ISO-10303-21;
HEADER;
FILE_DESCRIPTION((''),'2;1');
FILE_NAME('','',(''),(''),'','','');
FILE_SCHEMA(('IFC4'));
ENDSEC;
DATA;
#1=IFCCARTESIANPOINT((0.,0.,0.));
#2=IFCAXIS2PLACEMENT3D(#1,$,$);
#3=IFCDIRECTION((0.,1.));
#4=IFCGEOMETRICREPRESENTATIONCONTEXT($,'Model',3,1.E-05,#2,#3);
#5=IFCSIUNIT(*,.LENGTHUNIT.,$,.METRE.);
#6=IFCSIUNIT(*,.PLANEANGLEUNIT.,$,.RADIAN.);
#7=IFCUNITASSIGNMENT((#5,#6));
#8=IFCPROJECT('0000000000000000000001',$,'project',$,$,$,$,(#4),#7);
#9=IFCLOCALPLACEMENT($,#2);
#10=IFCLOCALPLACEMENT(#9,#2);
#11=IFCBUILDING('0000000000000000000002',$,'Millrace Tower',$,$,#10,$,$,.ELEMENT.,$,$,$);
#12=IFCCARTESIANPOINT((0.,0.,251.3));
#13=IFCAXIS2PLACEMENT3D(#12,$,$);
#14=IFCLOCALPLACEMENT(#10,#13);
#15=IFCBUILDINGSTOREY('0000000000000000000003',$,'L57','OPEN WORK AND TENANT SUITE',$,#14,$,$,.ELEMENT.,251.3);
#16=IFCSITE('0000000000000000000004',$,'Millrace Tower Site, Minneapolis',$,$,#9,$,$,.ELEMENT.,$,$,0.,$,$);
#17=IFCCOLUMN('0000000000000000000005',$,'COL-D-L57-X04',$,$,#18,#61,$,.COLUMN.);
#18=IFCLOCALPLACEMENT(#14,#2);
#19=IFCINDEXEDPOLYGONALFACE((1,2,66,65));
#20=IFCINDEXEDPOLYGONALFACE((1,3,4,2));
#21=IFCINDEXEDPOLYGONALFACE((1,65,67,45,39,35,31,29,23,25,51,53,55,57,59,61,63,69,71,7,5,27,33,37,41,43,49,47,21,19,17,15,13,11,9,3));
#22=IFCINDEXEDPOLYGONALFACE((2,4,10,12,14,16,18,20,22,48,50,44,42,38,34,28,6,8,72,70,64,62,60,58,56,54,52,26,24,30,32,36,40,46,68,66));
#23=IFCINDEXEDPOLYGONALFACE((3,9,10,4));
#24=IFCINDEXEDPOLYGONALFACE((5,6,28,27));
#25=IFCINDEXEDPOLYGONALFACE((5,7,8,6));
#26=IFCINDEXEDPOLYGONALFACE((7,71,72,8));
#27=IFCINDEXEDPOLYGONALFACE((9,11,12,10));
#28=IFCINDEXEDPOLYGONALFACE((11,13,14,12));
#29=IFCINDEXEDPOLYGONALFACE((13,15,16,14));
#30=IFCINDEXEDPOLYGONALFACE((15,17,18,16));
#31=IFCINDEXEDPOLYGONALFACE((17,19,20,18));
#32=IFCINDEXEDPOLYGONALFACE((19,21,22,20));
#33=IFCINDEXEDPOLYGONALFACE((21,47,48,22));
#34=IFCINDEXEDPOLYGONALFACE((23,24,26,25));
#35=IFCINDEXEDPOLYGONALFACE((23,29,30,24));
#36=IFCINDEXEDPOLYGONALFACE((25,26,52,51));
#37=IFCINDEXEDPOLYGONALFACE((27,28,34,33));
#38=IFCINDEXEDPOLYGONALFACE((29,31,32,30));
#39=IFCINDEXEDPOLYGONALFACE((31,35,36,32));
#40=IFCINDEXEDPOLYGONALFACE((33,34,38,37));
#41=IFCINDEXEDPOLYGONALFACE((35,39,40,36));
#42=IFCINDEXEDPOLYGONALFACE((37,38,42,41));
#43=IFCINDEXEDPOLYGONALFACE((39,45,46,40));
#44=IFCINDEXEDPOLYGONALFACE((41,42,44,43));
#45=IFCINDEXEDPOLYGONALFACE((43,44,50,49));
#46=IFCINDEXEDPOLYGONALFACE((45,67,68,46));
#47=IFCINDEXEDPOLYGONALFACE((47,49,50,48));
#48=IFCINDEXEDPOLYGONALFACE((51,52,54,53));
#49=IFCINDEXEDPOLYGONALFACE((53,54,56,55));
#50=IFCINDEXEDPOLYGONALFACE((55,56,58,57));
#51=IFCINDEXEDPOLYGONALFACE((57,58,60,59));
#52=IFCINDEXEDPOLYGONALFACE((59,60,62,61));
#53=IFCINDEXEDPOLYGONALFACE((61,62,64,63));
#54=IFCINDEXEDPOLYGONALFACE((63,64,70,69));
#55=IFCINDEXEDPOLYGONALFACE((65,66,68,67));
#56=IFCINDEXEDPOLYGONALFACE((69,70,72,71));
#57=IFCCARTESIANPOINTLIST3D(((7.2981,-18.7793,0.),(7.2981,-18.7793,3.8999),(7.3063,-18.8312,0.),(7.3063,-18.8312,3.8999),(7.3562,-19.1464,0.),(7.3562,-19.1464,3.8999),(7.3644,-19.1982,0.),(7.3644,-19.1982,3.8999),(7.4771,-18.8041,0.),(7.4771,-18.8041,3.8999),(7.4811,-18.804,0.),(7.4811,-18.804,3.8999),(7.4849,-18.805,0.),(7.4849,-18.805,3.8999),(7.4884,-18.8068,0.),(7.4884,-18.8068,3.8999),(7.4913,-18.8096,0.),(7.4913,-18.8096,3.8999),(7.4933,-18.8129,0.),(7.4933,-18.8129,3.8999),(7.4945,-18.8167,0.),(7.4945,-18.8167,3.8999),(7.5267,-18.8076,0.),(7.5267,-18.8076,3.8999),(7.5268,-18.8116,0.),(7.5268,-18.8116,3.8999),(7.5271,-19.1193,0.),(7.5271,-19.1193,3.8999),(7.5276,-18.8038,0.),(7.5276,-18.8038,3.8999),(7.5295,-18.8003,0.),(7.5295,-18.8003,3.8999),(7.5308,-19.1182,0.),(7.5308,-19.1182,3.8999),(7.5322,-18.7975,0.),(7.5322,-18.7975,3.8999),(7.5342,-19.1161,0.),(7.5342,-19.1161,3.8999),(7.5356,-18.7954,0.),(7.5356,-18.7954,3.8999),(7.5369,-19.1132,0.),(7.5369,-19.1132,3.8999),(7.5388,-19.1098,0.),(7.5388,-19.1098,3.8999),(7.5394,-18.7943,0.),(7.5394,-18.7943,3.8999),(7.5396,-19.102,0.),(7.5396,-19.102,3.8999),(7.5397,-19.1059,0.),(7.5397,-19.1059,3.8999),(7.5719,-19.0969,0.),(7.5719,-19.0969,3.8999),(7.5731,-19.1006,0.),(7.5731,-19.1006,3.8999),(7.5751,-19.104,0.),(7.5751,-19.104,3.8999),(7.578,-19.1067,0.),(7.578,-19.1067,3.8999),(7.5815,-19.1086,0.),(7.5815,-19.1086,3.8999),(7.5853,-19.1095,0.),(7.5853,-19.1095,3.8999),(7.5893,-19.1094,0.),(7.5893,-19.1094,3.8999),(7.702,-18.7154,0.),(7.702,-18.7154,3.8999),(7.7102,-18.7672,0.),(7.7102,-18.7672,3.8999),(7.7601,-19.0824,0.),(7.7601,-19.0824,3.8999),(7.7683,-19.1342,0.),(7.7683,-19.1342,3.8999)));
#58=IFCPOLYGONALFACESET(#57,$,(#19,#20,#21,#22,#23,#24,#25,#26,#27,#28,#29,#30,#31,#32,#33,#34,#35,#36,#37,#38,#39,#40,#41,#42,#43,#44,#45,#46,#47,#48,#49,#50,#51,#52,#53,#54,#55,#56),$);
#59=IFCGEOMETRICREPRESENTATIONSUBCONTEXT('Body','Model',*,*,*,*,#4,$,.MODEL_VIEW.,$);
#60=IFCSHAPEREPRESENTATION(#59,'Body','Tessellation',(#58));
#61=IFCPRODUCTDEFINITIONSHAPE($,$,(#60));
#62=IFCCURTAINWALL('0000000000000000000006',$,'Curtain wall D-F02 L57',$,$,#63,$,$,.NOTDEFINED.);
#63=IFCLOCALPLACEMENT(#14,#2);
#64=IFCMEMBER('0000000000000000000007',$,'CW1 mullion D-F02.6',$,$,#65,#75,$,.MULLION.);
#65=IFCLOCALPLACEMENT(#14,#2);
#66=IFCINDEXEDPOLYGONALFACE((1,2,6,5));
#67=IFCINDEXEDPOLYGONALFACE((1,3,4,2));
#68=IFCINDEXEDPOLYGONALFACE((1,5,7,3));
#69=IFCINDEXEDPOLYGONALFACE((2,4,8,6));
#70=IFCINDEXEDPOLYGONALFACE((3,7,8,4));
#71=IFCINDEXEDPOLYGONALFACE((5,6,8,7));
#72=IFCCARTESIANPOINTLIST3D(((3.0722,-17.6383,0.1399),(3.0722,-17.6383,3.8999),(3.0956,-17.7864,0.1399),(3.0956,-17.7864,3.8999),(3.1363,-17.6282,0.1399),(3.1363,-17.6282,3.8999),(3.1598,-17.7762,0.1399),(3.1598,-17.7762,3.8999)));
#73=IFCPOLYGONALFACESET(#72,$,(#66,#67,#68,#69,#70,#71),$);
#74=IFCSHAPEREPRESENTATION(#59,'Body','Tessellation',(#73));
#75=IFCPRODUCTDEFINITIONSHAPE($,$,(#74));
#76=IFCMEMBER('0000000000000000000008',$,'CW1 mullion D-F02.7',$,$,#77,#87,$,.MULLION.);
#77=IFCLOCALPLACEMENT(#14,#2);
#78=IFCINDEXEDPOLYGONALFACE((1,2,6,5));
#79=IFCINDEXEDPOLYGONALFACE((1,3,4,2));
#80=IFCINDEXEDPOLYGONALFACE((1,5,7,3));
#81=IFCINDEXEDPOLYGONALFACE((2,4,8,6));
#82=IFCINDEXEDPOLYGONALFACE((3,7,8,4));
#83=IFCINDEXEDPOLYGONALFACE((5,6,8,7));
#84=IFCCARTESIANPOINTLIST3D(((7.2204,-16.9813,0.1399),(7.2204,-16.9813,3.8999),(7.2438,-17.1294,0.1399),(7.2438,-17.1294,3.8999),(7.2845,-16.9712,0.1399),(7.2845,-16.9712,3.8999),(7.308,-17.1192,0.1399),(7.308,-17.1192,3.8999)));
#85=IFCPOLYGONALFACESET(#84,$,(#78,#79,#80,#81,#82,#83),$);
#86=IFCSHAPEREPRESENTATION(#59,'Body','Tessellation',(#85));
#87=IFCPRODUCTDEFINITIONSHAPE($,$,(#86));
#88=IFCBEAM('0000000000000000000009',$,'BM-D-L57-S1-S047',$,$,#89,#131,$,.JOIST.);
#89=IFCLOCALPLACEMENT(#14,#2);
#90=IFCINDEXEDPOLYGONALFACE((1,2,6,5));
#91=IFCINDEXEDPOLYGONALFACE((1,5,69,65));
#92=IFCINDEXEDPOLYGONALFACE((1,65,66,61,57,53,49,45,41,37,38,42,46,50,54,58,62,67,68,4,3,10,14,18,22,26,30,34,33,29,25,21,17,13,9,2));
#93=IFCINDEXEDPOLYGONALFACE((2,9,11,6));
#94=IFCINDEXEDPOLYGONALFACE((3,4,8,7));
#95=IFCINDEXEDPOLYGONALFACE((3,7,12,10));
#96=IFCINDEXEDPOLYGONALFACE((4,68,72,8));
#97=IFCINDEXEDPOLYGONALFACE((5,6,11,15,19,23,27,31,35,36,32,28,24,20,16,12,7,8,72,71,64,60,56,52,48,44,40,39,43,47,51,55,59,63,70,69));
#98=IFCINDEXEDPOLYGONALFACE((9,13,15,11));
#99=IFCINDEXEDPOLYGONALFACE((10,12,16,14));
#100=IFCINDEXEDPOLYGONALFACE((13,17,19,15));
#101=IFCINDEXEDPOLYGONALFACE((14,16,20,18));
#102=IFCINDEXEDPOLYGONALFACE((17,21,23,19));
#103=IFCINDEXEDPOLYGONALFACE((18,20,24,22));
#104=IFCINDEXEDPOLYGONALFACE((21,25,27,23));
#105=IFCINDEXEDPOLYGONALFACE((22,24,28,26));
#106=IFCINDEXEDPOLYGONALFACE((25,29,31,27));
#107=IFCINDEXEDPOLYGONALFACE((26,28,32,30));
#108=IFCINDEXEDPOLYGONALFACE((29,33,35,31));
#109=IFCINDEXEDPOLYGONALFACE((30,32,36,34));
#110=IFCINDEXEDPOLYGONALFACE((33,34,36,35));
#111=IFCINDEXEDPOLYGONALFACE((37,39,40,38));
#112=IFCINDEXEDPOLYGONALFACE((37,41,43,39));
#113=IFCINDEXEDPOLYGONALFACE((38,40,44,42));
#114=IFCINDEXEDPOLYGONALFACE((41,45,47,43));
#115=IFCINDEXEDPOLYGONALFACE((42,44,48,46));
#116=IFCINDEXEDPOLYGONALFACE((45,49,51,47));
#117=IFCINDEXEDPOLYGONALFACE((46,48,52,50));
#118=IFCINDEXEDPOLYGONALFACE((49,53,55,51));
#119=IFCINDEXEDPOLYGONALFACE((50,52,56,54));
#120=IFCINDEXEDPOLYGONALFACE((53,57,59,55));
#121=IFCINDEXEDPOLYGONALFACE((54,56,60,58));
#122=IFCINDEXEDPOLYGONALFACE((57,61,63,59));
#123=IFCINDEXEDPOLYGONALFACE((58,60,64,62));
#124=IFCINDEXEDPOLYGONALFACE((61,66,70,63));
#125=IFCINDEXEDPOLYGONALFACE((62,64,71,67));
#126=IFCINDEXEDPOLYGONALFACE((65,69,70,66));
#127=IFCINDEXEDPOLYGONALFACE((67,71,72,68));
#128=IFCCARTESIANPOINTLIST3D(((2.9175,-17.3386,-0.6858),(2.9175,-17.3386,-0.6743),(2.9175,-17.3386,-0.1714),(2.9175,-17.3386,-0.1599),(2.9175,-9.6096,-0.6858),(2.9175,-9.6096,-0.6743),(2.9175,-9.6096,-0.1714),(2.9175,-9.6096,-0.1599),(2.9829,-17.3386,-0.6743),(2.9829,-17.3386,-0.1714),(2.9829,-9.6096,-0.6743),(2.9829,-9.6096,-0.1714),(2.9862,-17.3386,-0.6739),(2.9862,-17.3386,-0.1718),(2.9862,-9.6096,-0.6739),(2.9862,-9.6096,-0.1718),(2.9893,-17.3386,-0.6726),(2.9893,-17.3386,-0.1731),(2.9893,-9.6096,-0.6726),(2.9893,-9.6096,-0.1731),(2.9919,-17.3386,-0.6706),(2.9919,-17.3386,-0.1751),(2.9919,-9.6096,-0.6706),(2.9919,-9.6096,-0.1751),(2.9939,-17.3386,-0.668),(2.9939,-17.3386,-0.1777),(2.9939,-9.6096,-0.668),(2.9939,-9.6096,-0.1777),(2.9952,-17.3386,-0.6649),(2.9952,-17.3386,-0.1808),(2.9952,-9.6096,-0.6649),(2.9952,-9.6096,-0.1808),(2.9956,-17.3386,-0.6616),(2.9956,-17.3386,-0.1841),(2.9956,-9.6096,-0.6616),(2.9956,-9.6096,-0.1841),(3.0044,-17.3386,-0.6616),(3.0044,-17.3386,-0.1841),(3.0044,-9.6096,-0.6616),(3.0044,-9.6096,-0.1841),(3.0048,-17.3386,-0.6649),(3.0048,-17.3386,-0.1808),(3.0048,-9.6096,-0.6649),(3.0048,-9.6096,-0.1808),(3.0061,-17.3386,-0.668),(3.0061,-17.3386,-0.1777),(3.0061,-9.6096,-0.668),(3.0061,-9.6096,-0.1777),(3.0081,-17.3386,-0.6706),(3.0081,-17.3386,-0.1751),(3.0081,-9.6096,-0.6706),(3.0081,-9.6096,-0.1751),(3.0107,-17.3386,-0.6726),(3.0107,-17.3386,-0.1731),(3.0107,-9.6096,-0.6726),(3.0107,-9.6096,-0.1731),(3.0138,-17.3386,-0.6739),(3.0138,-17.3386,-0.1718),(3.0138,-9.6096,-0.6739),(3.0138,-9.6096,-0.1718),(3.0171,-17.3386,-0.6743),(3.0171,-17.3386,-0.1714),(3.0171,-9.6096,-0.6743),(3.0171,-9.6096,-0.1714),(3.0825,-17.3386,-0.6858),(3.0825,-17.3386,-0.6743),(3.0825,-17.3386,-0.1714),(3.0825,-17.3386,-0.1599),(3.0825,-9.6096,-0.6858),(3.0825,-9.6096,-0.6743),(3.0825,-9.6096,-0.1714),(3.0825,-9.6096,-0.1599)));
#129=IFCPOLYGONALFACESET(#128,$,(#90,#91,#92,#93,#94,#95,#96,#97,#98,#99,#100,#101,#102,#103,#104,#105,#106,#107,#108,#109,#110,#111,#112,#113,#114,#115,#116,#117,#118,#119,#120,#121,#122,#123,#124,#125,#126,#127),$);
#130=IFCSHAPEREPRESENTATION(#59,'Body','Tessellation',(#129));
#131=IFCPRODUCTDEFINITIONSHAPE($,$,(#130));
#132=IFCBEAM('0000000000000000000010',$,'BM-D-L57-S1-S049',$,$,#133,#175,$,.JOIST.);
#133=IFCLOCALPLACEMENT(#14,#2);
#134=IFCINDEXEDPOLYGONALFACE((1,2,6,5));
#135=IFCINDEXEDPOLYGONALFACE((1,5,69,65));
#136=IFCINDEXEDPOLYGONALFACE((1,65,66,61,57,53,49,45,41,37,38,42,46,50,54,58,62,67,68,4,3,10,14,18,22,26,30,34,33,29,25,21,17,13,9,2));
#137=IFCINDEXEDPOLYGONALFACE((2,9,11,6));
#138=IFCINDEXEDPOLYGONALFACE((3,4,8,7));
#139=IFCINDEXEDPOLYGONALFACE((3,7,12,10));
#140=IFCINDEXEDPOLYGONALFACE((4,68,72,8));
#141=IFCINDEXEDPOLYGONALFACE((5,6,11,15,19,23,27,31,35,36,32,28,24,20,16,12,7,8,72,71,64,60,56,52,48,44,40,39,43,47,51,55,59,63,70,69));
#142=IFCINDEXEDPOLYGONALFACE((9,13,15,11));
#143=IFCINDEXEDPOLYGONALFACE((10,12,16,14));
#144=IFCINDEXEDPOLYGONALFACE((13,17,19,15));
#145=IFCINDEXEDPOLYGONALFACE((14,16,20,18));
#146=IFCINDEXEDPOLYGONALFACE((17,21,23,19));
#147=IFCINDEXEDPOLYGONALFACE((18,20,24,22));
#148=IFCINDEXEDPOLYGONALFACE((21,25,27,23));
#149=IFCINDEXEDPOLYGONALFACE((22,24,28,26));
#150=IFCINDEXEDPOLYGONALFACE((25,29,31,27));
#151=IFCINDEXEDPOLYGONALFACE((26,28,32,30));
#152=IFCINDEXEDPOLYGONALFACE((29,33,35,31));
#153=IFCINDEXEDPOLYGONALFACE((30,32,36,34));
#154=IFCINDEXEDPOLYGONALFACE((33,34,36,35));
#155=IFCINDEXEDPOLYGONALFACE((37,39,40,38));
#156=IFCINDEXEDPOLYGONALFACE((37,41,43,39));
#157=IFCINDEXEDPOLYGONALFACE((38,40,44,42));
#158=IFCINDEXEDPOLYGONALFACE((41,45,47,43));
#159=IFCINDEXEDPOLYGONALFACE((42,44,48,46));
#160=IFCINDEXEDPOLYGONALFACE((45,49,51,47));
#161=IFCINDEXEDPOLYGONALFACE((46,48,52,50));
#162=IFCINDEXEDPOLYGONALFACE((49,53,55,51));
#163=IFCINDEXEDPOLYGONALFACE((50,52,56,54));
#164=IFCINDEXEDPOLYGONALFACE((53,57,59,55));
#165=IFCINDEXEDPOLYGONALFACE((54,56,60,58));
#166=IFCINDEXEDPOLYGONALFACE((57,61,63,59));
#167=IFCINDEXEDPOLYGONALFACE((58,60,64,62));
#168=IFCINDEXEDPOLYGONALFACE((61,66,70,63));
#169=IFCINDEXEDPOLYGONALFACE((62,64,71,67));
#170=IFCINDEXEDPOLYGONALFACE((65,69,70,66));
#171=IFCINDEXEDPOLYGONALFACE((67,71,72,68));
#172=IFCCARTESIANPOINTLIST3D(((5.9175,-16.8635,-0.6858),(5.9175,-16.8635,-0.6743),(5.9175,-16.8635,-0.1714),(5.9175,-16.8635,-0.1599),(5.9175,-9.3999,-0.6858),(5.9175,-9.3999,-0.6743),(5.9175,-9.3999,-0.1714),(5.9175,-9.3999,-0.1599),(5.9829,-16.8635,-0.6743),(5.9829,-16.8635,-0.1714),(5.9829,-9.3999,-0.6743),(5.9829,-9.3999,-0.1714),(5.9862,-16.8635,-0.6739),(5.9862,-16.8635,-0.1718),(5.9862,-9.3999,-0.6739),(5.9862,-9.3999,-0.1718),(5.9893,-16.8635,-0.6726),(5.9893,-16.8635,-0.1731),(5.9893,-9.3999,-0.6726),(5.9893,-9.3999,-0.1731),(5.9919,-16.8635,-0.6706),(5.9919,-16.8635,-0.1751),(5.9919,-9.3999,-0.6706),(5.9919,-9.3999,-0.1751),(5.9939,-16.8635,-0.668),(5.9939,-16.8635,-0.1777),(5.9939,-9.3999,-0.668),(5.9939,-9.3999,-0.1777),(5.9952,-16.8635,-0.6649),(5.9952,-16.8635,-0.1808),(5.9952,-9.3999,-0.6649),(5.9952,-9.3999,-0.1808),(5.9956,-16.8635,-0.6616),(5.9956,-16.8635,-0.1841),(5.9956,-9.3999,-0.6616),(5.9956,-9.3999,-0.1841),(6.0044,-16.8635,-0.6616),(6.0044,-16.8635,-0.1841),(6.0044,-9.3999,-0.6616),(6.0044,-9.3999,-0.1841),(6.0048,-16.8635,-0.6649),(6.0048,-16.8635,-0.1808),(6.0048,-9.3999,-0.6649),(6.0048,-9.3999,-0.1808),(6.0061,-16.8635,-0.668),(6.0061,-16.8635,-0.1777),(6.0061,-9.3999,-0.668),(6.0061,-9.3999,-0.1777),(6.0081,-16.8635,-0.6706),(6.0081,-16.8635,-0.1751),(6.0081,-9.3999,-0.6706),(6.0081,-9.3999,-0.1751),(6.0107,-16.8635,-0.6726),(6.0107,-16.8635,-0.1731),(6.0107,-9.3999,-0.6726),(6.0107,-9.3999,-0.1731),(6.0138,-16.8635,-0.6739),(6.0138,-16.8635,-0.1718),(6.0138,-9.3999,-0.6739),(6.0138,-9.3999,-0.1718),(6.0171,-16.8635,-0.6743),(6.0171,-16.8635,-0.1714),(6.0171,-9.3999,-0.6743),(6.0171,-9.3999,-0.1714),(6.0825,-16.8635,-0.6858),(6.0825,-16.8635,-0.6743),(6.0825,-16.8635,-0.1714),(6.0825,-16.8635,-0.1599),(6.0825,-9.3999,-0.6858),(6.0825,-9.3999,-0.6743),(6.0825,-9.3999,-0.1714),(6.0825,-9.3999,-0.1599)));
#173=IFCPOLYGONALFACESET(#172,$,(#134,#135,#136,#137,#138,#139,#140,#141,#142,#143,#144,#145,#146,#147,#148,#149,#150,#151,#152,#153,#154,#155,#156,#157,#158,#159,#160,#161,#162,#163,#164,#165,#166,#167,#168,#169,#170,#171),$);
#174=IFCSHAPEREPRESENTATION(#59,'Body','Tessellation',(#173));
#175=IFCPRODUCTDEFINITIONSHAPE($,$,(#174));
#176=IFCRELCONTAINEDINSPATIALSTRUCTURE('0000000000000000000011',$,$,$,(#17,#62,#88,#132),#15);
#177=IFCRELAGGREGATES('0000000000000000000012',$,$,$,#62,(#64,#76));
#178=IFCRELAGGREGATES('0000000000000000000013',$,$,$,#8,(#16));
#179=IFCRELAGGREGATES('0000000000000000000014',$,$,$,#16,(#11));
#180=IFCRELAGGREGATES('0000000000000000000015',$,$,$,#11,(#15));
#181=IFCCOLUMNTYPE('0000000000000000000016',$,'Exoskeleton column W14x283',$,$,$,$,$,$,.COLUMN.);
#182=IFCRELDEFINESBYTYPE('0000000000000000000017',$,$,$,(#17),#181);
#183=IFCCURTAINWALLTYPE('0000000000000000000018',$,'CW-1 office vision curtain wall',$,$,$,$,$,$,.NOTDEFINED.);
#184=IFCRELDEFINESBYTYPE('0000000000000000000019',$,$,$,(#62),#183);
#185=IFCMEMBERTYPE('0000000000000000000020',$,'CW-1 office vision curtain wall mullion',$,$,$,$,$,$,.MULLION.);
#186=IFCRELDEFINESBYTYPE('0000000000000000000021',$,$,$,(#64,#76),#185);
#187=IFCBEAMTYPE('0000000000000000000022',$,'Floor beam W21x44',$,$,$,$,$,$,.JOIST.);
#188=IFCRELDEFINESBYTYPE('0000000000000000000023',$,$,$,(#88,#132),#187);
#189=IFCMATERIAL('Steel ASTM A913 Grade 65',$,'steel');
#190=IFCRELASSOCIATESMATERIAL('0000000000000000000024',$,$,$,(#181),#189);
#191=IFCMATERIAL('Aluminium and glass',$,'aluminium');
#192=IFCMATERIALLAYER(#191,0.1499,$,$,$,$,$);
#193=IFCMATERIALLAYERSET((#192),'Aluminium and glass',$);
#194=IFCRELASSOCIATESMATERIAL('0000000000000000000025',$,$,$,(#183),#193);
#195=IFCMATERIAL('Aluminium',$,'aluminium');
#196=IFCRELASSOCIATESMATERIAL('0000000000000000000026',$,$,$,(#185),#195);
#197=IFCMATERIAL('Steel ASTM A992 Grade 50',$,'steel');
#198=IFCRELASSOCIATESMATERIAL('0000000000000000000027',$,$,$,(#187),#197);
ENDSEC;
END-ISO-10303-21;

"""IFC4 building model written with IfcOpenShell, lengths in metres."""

from ifc_helpers import new_model, si_unit, direction, frame, origin, origin_2d, place, context, subcontext, project, spatial, rectangle, i_section, extrude, material, layer, layer_set, material_profile, profile_set, type_object, element, aggregate, save


model = new_model("IFC4")

# Units and contexts
model_context = context("Model", 3, precision=1e-05, world=origin(), true_north=direction((0.0, 1.0)))
body_context = subcontext(model_context, "Body", "Model", "MODEL_VIEW")
ifc_project = project(units=[si_unit("LENGTHUNIT", "METRE"), si_unit("PLANEANGLEUNIT", "RADIAN")], contexts=[model_context])

# Site, building, storey
site_placement = place(None, origin())
site = spatial("IfcSite", under=ifc_project, at=site_placement, Name="Millrace Tower Site, Minneapolis", CompositionType="ELEMENT", RefElevation=0.0)
building_placement = place(site_placement, origin())
building = spatial("IfcBuilding", under=site, at=building_placement, Name="Millrace Tower", CompositionType="ELEMENT")
storey_placement = place(building_placement, frame((0.0, 0.0, 251.3)))
storey = spatial("IfcBuildingStorey", under=building, at=storey_placement, Name="L57", Description="OPEN WORK AND TENANT SUITE", CompositionType="ELEMENT", Elevation=251.3)

# Column
ifc_material_1 = material(Name="Steel ASTM A913 Grade 65", Category="steel")
ifc_material_profile_1 = material_profile(ifc_material_1, i_section(OverallWidth=0.4089, OverallDepth=0.4241, WebThickness=0.0327, FlangeThickness=0.0525, FilletRadius=0.0151, at=origin_2d()))
ifc_profile_set_1 = profile_set([ifc_material_profile_1], Name="Steel ASTM A913 Grade 65")
column_type = type_object("IfcColumnType", Name="Exoskeleton column W14x283", PredefinedType="COLUMN", material=ifc_profile_set_1)
column_placement = place(storey_placement, frame((7.5332, -18.9568, 0.0), z_axis=(0.0, 0.0, 1.0), x_axis=(0.987688, 0.156434, 0.0)))
element("IfcColumn", 1, at=column_placement, inside=storey, type_object=column_type, Name="COL-D-L57-X04", PredefinedType="COLUMN", context=body_context, shape_type="SweptSolid", body=[
    extrude(i_section(OverallWidth=0.4089, OverallDepth=0.4241, WebThickness=0.0327, FlangeThickness=0.0525, FilletRadius=0.0151, at=origin_2d()), origin(), (0.0, 0.0, 1.0), 3.8999),
])

# Curtain wall, members
ifc_material_2 = material(Name="Aluminium and glass", Category="aluminium")
ifc_layer_1 = layer(ifc_material_2, 0.1499)
ifc_layer_set_1 = layer_set([ifc_layer_1], Name="Aluminium and glass")
curtain_wall_type = type_object("IfcCurtainWallType", Name="CW-1 office vision curtain wall", PredefinedType="NOTDEFINED", material=ifc_layer_set_1)
placement_1 = place(storey_placement, origin())
curtain_wall_1 = element("IfcCurtainWall", 2, at=placement_1, inside=storey, type_object=curtain_wall_type, Name="Curtain wall D-F02 L57", PredefinedType="NOTDEFINED")
ifc_material_3 = material(Name="Aluminium", Category="aluminium")
ifc_material_profile_2 = material_profile(ifc_material_3, rectangle(XDim=0.0649, YDim=0.1499, at=origin_2d()))
ifc_profile_set_2 = profile_set([ifc_material_profile_2], Name="Aluminium")
member_type = type_object("IfcMemberType", Name="CW-1 office vision curtain wall mullion", PredefinedType="MULLION", material=ifc_profile_set_2)
member_1_placement = place(storey_placement, frame((3.116, -17.7073, 0.1399), z_axis=(0.0, 0.0, 1.0), x_axis=(0.987688, 0.156434, 0.0)))
member_1 = element("IfcMember", 3, at=member_1_placement, type_object=member_type, Name="CW1 mullion D-F02.6", PredefinedType="MULLION", context=body_context, shape_type="SweptSolid", body=[
    extrude(rectangle(XDim=0.0649, YDim=0.1499, at=origin_2d()), origin(), (0.0, 0.0, 1.0), 3.76),
])
member_2_placement = place(storey_placement, frame((7.2642, -17.0503, 0.1399), z_axis=(0.0, 0.0, 1.0), x_axis=(0.987688, 0.156434, 0.0)))
member_2 = element("IfcMember", 4, at=member_2_placement, type_object=member_type, Name="CW1 mullion D-F02.7", PredefinedType="MULLION", context=body_context, shape_type="SweptSolid", body=[
    extrude(rectangle(XDim=0.0649, YDim=0.1499, at=origin_2d()), origin(), (0.0, 0.0, 1.0), 3.76),
])
aggregate(curtain_wall_1, [member_1, member_2])

# Beams
ifc_material_4 = material(Name="Steel ASTM A992 Grade 50", Category="steel")
ifc_material_profile_3 = material_profile(ifc_material_4, i_section(OverallWidth=0.165, OverallDepth=0.5259, WebThickness=0.0088, FlangeThickness=0.0115, FilletRadius=0.0127, at=origin_2d()))
ifc_profile_set_3 = profile_set([ifc_material_profile_3], Name="Steel ASTM A992 Grade 50")
beam_type_1 = type_object("IfcBeamType", Name="Floor beam W21x44", PredefinedType="JOIST", material=ifc_profile_set_3)
beam_1_placement = place(storey_placement, frame((3.0, -17.3386, -0.4229), z_axis=(0.0, 1.0, 0.0), x_axis=(-1.0, 0.0, 0.0)))
element("IfcBeam", 5, at=beam_1_placement, inside=storey, type_object=beam_type_1, Name="BM-D-L57-S1-S047", PredefinedType="JOIST", context=body_context, shape_type="SweptSolid", body=[
    extrude(i_section(OverallWidth=0.165, OverallDepth=0.5259, WebThickness=0.0088, FlangeThickness=0.0115, FilletRadius=0.0127, at=origin_2d()), origin(), (0.0, 0.0, 1.0), 7.729),
])
beam_2_placement = place(storey_placement, frame((6.0, -16.8635, -0.4229), z_axis=(0.0, 1.0, 0.0), x_axis=(-1.0, 0.0, 0.0)))
element("IfcBeam", 6, at=beam_2_placement, inside=storey, type_object=beam_type_1, Name="BM-D-L57-S1-S049", PredefinedType="JOIST", context=body_context, shape_type="SweptSolid", body=[
    extrude(i_section(OverallWidth=0.165, OverallDepth=0.5259, WebThickness=0.0088, FlangeThickness=0.0115, FilletRadius=0.0127, at=origin_2d()), origin(), (0.0, 0.0, 1.0), 7.4636),
])

save(model, "model.ifc")
